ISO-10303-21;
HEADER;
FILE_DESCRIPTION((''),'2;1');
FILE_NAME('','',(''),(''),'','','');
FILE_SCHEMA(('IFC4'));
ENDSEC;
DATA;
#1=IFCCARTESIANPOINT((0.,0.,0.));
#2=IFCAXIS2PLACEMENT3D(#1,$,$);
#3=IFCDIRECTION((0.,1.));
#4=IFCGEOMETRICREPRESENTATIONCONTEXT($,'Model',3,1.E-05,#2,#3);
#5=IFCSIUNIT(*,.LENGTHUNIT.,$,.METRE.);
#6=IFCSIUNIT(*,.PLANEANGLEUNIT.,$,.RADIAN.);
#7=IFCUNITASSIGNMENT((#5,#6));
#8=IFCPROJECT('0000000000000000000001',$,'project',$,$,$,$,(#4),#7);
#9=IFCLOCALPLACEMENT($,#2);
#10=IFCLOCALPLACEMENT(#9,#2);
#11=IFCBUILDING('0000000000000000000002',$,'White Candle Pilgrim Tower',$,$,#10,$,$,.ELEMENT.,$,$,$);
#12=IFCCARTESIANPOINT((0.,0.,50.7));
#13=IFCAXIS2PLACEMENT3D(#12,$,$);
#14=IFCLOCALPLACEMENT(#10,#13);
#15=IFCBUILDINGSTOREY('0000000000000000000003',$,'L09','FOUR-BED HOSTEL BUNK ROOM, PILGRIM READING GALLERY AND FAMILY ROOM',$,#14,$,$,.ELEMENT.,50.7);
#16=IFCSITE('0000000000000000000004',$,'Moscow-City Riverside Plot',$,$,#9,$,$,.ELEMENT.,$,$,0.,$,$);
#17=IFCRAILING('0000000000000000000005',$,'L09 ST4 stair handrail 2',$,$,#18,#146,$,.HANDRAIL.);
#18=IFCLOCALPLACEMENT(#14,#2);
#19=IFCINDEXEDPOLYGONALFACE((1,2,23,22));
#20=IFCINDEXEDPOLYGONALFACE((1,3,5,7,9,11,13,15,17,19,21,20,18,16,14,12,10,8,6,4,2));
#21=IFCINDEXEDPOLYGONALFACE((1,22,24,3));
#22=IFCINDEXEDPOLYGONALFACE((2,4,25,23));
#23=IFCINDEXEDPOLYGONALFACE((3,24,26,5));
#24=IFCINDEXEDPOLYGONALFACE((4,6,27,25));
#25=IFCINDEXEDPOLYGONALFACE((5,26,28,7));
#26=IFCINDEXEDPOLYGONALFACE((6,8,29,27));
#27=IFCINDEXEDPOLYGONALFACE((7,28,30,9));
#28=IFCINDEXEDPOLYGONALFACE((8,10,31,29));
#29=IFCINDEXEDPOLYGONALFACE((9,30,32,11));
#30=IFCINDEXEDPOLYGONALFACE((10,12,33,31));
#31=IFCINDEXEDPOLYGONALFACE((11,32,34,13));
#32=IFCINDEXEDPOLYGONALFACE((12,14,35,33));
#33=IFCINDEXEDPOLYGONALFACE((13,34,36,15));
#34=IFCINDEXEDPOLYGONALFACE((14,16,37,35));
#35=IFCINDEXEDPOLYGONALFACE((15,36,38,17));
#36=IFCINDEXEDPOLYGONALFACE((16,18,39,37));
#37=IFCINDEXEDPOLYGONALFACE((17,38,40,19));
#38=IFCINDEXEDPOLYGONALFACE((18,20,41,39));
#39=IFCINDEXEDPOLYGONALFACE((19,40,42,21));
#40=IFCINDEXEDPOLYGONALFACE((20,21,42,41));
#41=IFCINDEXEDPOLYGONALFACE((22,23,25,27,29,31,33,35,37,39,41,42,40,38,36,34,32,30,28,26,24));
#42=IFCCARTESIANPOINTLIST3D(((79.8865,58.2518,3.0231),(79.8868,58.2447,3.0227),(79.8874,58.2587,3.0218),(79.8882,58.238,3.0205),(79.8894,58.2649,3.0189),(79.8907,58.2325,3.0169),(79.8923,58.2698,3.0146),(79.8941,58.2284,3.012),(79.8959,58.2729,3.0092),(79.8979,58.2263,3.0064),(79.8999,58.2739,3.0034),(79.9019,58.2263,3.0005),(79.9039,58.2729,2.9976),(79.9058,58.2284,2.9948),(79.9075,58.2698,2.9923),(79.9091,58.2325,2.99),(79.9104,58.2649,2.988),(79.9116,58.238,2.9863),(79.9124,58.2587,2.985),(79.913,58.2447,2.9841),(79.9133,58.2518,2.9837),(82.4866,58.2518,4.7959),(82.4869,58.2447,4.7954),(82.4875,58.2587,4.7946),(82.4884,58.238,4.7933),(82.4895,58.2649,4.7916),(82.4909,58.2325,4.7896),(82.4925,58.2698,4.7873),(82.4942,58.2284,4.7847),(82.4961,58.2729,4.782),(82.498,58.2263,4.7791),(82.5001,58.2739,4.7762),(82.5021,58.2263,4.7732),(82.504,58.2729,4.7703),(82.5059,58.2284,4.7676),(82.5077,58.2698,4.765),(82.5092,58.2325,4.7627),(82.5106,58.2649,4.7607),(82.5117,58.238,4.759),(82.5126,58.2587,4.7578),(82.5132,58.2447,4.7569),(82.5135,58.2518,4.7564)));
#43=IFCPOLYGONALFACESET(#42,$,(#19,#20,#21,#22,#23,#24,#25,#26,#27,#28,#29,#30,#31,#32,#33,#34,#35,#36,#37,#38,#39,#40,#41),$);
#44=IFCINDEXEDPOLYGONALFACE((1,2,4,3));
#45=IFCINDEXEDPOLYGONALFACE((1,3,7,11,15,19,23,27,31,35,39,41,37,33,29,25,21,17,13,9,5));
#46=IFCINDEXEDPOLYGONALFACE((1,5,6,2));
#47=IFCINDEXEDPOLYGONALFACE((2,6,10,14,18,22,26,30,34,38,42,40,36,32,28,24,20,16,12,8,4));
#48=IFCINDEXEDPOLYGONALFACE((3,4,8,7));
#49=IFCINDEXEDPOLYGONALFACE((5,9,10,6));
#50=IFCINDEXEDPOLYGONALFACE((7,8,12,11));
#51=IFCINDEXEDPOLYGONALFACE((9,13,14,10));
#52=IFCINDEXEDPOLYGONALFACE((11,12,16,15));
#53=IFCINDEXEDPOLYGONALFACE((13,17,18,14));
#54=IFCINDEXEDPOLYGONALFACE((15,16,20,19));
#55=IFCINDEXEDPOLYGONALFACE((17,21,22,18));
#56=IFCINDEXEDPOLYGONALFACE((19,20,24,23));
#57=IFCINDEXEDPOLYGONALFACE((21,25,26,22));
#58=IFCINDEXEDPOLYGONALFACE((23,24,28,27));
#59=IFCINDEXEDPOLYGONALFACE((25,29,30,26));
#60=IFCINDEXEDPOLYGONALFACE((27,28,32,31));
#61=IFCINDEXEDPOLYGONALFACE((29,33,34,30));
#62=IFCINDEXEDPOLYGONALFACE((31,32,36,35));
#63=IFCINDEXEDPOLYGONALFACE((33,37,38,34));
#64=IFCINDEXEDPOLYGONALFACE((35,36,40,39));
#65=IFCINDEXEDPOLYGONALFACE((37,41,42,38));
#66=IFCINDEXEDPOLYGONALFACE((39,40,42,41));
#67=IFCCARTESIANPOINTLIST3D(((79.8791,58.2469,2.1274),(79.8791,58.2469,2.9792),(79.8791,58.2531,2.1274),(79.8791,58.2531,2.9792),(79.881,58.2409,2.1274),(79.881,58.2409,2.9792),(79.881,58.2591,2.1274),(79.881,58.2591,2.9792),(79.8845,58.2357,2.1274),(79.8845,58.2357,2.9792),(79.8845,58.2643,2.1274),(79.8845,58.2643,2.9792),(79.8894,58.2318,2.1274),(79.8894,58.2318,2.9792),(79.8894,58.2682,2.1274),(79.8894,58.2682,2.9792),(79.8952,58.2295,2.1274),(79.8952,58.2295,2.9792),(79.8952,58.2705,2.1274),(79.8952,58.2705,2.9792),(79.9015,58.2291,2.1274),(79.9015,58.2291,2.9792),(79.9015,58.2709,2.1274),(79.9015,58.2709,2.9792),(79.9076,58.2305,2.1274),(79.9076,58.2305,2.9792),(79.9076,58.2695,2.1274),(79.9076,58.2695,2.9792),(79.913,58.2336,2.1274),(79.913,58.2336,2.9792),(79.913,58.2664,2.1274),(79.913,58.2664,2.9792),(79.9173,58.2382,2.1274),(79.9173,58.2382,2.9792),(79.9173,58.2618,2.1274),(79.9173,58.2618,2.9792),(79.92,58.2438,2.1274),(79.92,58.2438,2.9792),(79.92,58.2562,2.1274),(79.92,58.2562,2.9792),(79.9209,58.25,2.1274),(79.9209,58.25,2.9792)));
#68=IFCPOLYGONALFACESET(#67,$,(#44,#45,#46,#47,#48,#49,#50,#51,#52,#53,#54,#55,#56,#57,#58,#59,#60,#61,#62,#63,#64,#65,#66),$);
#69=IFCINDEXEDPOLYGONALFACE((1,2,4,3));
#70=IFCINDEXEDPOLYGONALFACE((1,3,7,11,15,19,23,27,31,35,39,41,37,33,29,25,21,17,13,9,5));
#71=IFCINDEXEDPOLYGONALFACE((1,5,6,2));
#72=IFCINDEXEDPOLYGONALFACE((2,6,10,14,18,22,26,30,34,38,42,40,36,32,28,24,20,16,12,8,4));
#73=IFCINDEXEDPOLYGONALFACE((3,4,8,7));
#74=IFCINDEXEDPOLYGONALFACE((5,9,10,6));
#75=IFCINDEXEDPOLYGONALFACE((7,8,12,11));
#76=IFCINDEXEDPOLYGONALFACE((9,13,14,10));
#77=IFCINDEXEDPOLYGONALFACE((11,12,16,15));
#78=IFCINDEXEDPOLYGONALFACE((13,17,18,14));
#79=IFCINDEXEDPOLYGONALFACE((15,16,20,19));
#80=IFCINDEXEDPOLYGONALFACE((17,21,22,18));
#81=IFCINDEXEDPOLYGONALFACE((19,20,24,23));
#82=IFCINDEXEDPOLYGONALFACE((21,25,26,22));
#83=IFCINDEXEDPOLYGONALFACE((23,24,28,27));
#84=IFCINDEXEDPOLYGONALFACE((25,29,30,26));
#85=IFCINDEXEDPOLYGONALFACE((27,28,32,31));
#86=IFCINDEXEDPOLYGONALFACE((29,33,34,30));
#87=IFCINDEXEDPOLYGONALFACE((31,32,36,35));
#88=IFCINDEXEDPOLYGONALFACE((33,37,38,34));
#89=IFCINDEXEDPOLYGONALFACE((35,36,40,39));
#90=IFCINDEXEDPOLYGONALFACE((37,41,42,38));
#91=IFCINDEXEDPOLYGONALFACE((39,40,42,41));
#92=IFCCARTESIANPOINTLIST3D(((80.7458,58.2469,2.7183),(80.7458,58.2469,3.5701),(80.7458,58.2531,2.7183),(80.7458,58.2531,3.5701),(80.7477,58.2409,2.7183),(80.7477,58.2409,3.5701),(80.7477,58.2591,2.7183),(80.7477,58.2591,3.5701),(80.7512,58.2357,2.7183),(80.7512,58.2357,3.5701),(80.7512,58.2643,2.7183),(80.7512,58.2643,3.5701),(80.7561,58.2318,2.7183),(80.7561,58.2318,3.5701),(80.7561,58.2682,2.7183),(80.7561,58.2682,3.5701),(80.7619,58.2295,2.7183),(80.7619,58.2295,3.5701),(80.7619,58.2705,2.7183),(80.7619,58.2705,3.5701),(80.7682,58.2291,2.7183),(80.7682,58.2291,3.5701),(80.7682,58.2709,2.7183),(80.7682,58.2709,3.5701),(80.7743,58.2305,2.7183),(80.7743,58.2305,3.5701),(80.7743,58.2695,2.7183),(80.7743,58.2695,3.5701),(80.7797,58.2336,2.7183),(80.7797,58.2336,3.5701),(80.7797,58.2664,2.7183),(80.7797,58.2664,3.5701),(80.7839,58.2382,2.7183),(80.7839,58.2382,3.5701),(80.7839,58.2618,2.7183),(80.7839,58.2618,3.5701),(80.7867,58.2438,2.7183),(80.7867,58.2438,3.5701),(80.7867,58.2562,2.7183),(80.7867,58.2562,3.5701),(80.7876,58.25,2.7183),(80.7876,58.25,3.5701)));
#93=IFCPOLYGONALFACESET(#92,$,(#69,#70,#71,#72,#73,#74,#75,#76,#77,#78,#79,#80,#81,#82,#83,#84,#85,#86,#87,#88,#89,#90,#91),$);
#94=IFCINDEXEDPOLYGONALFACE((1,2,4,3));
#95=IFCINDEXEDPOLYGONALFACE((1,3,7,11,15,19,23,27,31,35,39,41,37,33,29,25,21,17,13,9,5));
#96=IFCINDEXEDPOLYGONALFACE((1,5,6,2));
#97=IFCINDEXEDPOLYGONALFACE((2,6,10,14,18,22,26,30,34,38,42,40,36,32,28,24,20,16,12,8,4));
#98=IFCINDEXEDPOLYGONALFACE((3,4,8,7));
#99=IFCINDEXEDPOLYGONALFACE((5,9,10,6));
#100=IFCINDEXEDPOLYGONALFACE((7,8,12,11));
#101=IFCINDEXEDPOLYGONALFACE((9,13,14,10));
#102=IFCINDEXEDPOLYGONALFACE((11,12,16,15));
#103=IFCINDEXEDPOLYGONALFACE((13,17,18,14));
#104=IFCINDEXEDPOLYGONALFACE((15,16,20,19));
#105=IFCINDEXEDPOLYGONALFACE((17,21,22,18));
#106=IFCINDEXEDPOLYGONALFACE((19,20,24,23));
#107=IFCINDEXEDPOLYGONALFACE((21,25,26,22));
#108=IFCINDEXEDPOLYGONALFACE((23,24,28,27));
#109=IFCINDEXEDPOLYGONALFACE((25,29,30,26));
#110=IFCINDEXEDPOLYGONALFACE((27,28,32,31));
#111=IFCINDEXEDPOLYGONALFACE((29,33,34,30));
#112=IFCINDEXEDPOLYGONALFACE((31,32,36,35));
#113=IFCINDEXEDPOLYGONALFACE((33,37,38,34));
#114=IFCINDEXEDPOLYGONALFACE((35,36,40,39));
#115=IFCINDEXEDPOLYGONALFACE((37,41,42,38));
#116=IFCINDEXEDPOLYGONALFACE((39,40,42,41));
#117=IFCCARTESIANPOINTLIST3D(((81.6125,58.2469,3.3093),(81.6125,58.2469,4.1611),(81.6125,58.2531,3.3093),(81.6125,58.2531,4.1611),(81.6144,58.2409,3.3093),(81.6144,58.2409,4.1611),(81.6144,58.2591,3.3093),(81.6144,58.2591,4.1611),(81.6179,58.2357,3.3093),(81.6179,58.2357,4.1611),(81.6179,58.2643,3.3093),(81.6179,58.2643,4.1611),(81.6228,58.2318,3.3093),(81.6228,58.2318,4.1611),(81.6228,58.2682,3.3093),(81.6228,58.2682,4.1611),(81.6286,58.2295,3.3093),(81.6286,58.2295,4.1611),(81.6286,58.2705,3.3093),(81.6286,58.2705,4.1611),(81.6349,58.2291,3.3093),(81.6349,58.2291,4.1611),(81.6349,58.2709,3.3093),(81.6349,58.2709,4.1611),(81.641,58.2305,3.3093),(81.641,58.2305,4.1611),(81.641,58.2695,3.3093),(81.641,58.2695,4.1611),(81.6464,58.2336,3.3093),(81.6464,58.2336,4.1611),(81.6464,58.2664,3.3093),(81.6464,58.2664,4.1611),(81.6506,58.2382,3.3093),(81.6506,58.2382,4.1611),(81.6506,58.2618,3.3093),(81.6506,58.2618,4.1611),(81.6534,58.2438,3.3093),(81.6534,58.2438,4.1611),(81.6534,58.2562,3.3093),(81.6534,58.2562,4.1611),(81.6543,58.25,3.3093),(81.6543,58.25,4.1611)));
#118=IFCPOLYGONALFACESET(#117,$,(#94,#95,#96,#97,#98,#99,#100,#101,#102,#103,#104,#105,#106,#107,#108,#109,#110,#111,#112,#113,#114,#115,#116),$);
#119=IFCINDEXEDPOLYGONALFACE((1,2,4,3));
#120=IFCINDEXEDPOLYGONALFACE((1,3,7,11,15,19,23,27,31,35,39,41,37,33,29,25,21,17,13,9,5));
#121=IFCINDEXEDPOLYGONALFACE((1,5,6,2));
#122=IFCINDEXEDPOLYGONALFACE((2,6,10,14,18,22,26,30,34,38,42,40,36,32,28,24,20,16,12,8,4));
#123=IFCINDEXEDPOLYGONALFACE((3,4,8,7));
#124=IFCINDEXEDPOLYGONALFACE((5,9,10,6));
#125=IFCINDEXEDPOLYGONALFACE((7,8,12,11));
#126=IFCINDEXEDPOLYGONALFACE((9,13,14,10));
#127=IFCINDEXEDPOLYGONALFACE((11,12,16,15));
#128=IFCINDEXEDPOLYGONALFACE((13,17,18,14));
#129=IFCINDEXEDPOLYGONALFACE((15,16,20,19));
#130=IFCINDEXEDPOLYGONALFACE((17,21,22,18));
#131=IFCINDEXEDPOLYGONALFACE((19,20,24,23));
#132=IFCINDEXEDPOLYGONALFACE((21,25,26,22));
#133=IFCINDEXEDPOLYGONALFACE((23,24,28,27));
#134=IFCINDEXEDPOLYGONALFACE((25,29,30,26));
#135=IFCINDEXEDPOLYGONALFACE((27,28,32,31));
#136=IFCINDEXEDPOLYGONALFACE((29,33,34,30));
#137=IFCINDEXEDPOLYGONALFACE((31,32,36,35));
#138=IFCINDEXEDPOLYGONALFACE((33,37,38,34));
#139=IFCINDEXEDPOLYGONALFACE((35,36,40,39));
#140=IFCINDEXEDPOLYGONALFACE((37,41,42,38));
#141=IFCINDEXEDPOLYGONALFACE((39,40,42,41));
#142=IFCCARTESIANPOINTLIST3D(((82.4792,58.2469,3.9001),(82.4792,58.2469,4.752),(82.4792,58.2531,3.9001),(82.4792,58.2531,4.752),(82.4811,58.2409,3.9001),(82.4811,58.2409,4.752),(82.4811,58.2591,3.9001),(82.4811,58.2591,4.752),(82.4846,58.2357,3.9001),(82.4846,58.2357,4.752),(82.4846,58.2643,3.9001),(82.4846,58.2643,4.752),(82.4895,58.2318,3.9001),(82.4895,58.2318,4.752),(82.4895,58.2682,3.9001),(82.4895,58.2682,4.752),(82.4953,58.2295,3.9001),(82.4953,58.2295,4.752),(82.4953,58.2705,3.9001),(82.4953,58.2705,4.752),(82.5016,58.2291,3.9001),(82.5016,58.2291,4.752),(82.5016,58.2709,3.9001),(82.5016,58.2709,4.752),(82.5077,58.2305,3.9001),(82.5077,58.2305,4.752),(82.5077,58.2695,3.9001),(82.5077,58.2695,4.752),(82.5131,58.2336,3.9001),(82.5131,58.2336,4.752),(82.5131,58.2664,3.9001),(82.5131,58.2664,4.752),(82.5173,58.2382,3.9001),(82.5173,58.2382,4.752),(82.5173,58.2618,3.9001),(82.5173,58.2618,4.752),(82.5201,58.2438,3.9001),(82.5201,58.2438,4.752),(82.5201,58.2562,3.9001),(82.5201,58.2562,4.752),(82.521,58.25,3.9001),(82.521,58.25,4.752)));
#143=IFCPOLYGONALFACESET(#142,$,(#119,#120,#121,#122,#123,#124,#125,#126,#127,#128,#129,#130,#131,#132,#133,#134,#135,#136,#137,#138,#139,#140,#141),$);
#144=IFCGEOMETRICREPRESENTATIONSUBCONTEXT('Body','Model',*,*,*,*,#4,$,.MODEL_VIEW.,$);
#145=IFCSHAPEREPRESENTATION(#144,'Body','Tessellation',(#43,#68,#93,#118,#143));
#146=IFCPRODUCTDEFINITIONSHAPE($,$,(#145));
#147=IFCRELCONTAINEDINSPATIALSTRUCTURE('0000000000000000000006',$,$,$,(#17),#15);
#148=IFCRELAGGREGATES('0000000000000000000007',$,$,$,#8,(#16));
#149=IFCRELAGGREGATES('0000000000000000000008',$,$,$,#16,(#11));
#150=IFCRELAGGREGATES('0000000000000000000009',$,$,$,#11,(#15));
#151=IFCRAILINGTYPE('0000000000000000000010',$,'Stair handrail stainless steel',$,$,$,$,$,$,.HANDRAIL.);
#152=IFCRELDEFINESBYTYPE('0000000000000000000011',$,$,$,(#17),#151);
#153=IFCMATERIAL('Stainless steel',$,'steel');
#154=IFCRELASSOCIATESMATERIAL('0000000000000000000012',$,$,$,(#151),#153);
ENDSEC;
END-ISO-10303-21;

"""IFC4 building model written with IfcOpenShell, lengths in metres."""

from ifc_helpers import new_model, si_unit, direction, frame, origin, origin_2d, place, context, subcontext, project, spatial, circle, extrude, material, type_object, element, save


model = new_model("IFC4")

# Units and contexts
model_context = context("Model", 3, precision=1e-05, world=origin(), true_north=direction((0.0, 1.0)))
body_context = subcontext(model_context, "Body", "Model", "MODEL_VIEW")
ifc_project = project(units=[si_unit("LENGTHUNIT", "METRE"), si_unit("PLANEANGLEUNIT", "RADIAN")], contexts=[model_context])

# Site, building, storey
site_placement = place(None, origin())
site = spatial("IfcSite", under=ifc_project, at=site_placement, Name="Moscow-City Riverside Plot", CompositionType="ELEMENT", RefElevation=0.0)
building_placement = place(site_placement, origin())
building = spatial("IfcBuilding", under=site, at=building_placement, Name="White Candle Pilgrim Tower", CompositionType="ELEMENT")
storey_placement = place(building_placement, frame((0.0, 0.0, 50.7)))
storey = spatial("IfcBuildingStorey", under=building, at=storey_placement, Name="L09", Description="FOUR-BED HOSTEL BUNK ROOM, PILGRIM READING GALLERY AND FAMILY ROOM", CompositionType="ELEMENT", Elevation=50.7)

# Railing
ifc_material_1 = material(Name="Stainless steel", Category="steel")
railing_type_1 = type_object("IfcRailingType", Name="Stair handrail stainless steel", PredefinedType="HANDRAIL", material=ifc_material_1)
railing_1_placement = place(storey_placement, frame((79.8999, 58.25, 2.1274)))
element("IfcRailing", 1, at=railing_1_placement, inside=storey, type_object=railing_type_1, Name="L09 ST4 stair handrail 2", PredefinedType="HANDRAIL", context=body_context, shape_type="SweptSolid", body=[
    extrude(circle(Radius=0.0239, at=origin_2d()), frame((0.0, 0.0, 0.876), z_axis=(0.82624, 0.0, 0.563318), x_axis=(0.0, 1.0, 0.0)), (0.0, 0.0, 1.0), 3.147),
    extrude(circle(Radius=0.021, at=origin_2d()), origin(), (0.0, 0.0, 1.0), 0.8518),
    extrude(circle(Radius=0.021, at=origin_2d()), frame((0.8667, 0.0, 0.5908)), (0.0, 0.0, 1.0), 0.8518),
    extrude(circle(Radius=0.021, at=origin_2d()), frame((1.7334, 0.0, 1.1819)), (0.0, 0.0, 1.0), 0.8518),
    extrude(circle(Radius=0.021, at=origin_2d()), frame((2.6001, 0.0, 1.7727)), (0.0, 0.0, 1.0), 0.8518),
])

save(model, "model.ifc")
